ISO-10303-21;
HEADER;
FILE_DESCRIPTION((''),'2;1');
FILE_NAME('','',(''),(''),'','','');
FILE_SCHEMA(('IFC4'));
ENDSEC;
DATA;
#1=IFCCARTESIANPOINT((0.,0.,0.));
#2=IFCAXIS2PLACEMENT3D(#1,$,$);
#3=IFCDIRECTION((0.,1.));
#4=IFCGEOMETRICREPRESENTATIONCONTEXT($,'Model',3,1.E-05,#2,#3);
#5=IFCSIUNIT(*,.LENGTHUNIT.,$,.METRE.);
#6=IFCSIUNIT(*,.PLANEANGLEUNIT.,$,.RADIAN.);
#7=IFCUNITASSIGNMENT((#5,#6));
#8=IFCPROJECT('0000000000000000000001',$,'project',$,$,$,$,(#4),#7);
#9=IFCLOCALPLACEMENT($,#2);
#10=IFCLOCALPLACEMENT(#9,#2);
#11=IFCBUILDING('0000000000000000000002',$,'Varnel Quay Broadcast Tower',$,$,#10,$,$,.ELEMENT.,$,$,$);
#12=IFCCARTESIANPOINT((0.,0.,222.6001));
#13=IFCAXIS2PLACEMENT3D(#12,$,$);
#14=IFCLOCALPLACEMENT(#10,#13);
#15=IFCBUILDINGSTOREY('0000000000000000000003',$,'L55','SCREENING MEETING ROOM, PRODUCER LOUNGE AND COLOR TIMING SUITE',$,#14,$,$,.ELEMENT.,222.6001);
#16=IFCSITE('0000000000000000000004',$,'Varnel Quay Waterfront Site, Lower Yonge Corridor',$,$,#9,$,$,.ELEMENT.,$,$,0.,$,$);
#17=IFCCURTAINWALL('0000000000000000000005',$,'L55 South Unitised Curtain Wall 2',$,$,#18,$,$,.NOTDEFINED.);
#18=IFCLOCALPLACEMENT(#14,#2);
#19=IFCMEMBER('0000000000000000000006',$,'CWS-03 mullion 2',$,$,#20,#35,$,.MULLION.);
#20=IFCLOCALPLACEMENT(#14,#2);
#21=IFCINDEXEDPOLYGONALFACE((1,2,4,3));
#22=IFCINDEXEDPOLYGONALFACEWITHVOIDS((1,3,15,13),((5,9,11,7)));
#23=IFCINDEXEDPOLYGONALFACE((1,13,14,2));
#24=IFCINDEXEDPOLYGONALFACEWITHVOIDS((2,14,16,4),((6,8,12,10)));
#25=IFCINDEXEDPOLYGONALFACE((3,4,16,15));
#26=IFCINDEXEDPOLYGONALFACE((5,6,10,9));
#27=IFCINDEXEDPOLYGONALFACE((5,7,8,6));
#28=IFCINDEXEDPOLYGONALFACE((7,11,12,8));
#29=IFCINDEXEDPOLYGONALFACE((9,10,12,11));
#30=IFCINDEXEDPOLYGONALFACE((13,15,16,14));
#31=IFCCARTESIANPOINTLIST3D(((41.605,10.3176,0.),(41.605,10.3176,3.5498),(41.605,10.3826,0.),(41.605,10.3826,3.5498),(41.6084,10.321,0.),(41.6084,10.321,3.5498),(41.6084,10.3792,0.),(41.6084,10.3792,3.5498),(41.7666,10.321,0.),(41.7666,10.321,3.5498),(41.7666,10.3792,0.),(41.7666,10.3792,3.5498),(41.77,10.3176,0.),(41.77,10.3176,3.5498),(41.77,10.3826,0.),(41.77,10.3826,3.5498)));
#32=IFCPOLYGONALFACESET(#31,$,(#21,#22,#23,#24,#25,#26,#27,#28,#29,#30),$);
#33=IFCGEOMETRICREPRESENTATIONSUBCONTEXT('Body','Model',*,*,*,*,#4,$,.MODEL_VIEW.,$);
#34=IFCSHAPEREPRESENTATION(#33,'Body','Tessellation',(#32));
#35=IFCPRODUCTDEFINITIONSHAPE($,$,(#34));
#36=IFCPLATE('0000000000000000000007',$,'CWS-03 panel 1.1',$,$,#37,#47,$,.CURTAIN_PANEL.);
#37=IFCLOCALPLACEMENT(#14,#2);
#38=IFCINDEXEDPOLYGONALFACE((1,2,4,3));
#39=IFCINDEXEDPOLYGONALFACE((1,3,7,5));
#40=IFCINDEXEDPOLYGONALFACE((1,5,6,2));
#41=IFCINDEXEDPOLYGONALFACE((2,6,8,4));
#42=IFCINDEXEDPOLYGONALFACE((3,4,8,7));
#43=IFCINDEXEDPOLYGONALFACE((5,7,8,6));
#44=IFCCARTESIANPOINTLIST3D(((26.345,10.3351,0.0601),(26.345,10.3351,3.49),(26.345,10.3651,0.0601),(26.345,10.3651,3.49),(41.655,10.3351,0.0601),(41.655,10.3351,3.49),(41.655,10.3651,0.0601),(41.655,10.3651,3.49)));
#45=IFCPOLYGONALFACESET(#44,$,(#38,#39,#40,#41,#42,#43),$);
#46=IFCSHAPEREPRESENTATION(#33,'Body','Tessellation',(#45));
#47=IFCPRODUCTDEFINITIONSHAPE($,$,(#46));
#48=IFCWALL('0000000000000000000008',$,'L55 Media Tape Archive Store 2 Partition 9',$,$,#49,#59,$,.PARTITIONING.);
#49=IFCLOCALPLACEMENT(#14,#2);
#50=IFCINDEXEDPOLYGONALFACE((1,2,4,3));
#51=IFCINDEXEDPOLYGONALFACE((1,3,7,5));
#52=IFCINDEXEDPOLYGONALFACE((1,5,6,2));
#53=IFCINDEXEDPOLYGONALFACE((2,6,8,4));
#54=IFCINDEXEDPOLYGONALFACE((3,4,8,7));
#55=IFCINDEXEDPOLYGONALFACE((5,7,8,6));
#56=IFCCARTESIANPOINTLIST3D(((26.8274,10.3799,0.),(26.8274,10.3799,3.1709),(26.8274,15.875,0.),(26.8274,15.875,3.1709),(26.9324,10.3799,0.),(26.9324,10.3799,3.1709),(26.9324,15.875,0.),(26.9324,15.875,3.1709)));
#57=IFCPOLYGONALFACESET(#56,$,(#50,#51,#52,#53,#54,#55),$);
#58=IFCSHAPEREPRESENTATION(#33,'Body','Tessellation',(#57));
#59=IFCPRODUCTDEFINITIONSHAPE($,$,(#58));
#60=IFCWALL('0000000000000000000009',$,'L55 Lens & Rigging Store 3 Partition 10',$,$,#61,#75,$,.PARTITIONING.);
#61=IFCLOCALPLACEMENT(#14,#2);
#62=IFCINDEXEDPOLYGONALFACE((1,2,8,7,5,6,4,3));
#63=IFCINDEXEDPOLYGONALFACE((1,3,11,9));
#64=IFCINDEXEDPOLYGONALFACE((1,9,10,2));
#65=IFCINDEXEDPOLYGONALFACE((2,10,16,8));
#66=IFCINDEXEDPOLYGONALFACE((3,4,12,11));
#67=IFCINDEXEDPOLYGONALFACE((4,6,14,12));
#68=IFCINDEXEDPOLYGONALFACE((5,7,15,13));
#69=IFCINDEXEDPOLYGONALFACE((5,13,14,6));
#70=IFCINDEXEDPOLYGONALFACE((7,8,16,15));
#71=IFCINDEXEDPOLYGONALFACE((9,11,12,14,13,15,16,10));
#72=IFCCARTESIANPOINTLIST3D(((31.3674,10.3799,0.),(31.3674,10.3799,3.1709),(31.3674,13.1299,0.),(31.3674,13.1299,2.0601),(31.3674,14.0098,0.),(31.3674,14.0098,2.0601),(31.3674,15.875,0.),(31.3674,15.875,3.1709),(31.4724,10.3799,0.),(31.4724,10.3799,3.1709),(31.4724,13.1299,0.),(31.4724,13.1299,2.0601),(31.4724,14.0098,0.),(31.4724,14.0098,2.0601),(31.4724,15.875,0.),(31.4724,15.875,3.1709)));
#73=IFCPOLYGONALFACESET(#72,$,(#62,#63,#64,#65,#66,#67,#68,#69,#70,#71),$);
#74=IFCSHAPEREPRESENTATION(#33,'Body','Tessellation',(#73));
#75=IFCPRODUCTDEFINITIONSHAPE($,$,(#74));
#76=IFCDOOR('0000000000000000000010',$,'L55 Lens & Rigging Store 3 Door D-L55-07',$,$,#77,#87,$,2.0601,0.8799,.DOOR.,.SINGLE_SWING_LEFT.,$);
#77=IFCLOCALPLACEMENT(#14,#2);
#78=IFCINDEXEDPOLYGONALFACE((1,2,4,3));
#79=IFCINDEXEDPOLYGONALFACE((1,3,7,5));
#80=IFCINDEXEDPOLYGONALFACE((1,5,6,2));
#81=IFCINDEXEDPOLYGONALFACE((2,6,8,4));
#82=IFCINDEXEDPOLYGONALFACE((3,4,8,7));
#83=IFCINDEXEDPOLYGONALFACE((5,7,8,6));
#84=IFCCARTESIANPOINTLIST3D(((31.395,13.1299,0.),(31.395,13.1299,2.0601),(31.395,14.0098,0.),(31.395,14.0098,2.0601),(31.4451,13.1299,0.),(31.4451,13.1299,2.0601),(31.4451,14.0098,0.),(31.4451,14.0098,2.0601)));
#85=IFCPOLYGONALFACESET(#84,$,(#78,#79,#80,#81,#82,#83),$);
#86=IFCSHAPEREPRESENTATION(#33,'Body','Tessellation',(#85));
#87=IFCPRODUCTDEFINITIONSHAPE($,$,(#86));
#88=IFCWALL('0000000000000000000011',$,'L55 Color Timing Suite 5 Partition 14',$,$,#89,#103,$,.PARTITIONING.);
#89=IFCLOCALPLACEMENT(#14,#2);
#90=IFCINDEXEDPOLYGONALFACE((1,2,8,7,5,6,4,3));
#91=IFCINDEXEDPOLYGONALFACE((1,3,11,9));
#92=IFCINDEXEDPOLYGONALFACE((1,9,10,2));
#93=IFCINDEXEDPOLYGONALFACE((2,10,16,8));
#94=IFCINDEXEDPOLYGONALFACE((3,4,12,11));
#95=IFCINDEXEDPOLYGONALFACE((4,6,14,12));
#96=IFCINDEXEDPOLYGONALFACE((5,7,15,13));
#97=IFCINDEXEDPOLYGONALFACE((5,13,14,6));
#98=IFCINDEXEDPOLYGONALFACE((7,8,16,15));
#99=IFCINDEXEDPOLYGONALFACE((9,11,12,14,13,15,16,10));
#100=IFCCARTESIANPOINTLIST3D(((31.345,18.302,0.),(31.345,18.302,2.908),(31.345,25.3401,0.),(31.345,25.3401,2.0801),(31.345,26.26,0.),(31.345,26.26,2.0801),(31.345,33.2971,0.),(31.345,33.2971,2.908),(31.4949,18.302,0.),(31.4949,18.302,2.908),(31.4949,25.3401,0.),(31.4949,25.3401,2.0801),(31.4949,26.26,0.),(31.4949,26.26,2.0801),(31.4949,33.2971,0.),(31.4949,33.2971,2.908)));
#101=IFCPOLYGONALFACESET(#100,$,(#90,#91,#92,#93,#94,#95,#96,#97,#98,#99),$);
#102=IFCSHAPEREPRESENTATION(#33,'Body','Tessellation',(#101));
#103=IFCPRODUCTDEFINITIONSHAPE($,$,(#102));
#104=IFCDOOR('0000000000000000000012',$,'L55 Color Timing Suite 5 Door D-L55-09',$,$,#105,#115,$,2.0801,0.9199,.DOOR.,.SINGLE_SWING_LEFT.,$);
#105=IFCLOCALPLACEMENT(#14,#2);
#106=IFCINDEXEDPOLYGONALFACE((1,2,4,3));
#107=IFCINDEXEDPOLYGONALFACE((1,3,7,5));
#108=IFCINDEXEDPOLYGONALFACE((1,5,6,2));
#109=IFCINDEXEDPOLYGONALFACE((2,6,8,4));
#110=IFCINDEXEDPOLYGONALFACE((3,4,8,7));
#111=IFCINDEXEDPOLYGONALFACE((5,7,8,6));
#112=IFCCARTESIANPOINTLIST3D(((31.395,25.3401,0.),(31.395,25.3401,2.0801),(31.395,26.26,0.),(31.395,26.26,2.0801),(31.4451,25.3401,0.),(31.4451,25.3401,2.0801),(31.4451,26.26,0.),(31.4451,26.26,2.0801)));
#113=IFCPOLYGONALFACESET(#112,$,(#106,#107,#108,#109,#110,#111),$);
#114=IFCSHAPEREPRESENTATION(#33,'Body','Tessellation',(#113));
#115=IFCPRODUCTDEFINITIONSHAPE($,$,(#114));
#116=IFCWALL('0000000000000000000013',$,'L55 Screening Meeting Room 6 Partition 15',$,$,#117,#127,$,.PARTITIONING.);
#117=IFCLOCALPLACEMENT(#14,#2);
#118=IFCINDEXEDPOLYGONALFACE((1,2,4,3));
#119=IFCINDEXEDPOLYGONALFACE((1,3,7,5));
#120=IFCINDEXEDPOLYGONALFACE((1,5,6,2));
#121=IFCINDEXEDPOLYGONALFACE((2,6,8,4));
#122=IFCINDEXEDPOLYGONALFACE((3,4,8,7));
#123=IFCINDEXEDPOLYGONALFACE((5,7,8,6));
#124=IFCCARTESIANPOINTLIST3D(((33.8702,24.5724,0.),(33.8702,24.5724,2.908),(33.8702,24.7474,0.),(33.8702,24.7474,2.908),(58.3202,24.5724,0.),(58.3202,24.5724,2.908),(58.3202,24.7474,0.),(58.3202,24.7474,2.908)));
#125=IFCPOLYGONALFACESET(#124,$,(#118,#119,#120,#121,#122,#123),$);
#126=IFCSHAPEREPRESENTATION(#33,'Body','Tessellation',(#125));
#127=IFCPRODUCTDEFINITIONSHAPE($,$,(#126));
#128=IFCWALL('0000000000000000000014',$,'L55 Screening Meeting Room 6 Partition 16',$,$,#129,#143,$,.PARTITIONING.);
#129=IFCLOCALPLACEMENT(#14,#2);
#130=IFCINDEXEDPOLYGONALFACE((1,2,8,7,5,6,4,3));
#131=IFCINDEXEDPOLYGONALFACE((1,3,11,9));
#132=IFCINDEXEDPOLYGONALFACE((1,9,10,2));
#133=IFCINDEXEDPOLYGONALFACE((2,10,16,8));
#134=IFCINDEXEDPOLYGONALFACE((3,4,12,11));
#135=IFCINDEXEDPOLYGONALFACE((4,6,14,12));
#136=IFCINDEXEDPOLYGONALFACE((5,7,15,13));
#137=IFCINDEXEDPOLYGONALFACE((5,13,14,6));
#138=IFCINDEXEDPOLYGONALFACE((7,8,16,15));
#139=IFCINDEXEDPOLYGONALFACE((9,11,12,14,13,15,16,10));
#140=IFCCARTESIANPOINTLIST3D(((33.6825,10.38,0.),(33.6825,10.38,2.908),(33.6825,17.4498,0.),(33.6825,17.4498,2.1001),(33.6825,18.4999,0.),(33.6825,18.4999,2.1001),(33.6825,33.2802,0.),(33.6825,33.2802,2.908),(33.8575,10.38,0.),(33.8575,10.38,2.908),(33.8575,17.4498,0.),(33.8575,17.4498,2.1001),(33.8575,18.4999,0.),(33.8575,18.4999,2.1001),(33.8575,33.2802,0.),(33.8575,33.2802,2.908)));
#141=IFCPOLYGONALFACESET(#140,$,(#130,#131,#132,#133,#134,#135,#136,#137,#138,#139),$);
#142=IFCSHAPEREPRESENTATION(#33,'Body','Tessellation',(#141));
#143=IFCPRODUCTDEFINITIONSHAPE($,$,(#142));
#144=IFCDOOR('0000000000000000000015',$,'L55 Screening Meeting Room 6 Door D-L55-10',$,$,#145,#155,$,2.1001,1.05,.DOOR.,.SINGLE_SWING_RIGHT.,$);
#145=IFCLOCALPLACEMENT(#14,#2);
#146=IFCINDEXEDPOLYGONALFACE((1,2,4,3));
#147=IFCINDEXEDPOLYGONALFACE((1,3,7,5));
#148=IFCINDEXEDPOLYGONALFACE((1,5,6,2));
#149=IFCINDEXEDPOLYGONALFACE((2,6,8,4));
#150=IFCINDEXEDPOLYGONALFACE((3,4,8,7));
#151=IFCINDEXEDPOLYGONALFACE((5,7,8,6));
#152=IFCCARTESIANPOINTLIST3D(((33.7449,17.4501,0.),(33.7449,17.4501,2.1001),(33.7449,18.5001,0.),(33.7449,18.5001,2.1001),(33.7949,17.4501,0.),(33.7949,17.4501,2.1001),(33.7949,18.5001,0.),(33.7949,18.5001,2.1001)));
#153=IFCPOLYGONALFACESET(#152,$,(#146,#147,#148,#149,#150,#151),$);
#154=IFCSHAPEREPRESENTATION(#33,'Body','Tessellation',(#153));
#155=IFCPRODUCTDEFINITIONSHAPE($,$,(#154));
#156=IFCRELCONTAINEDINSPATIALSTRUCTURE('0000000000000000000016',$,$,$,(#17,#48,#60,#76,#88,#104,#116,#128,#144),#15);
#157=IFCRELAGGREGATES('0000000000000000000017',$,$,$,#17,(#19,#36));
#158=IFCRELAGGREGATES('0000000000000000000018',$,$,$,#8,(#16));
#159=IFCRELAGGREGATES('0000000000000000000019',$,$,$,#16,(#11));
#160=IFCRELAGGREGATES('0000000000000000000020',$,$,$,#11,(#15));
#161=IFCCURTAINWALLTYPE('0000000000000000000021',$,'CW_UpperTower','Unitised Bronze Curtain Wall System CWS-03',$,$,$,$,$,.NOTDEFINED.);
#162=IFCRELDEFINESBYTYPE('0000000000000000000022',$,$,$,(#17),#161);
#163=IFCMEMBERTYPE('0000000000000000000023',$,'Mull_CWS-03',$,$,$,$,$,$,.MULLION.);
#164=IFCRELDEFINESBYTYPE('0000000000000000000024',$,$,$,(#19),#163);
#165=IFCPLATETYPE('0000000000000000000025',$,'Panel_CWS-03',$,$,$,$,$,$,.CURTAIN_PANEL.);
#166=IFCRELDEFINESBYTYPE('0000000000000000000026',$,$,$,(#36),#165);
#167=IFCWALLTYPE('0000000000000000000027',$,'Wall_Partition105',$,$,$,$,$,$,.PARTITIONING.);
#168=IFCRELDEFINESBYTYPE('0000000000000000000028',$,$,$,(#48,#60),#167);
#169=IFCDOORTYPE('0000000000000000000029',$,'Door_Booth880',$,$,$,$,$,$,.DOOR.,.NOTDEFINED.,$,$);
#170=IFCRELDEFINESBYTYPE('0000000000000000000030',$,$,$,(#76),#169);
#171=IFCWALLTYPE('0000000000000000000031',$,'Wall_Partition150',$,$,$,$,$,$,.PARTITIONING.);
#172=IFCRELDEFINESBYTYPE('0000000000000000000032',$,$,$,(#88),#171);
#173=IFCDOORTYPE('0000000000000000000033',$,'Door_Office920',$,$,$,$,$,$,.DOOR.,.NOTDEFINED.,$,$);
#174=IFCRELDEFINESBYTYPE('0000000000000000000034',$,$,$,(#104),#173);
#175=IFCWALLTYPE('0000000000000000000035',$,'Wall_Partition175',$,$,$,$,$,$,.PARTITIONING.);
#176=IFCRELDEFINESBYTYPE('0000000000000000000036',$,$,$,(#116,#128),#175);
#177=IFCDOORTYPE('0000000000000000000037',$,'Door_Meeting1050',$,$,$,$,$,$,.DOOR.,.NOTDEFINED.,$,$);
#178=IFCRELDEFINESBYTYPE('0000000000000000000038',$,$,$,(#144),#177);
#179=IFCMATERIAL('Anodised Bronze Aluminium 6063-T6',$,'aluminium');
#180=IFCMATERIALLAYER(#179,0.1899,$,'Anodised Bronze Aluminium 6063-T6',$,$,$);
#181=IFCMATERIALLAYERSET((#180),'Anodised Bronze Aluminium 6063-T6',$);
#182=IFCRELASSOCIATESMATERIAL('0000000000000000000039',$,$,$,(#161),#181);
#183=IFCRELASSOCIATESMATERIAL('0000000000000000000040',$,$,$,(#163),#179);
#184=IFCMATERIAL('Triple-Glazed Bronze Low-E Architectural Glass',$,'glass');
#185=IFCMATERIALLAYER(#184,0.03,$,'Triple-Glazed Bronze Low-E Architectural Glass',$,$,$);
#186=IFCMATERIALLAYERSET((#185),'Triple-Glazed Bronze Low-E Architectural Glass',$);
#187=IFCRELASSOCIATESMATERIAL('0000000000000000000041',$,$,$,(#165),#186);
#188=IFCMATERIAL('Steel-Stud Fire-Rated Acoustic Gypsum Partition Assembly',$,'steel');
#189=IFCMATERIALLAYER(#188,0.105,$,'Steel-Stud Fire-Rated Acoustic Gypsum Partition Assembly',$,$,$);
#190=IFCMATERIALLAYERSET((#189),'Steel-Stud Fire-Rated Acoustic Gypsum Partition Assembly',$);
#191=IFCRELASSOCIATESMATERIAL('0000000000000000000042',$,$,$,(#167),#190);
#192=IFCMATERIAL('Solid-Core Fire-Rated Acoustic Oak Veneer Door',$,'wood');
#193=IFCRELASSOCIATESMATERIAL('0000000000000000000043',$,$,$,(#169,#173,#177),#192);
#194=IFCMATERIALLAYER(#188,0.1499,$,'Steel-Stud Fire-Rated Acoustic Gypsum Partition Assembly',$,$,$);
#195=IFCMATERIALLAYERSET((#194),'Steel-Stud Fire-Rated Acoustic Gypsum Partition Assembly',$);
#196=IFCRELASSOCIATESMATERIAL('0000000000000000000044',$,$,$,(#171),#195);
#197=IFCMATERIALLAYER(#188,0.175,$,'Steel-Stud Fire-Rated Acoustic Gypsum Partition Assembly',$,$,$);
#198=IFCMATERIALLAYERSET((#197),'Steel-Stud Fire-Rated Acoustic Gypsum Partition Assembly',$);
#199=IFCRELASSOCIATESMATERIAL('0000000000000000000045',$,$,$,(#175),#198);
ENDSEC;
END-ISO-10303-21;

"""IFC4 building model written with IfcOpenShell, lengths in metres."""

from ifc_helpers import new_model, si_unit, direction, frame, frame_2d, origin, origin_2d, place, context, subcontext, project, spatial, rectangle, hollow_rectangle, extrude, source, transform, mapped, material, layer, layer_set, material_profile, profile_set, type_object, type_shapes, element, fill, aggregate, save


model = new_model("IFC4")

# Units and contexts
model_context = context("Model", 3, precision=1e-05, world=origin(), true_north=direction((0.0, 1.0)))
body_context = subcontext(model_context, "Body", "Model", "MODEL_VIEW")
ifc_project = project(units=[si_unit("LENGTHUNIT", "METRE"), si_unit("PLANEANGLEUNIT", "RADIAN")], contexts=[model_context])

# Site, building, storey
site_placement = place(None, origin())
site = spatial("IfcSite", under=ifc_project, at=site_placement, Name="Varnel Quay Waterfront Site, Lower Yonge Corridor", CompositionType="ELEMENT", RefElevation=0.0)
building_placement = place(site_placement, origin())
building = spatial("IfcBuilding", under=site, at=building_placement, Name="Varnel Quay Broadcast Tower", CompositionType="ELEMENT")
storey_placement = place(building_placement, frame((0.0, 0.0, 222.6001)))
storey = spatial("IfcBuildingStorey", under=building, at=storey_placement, Name="L55", Description="SCREENING MEETING ROOM, PRODUCER LOUNGE AND COLOR TIMING SUITE", CompositionType="ELEMENT", Elevation=222.6001)

# Curtain wall, member, plate
ifc_material_1 = material(Name="Anodised Bronze Aluminium 6063-T6", Category="aluminium")
ifc_layer_1 = layer(ifc_material_1, 0.1899, Name="Anodised Bronze Aluminium 6063-T6")
ifc_layer_set_1 = layer_set([ifc_layer_1], Name="Anodised Bronze Aluminium 6063-T6")
curtain_wall_type = type_object("IfcCurtainWallType", Name="CW_UpperTower", Description="Unitised Bronze Curtain Wall System CWS-03", PredefinedType="NOTDEFINED", material=ifc_layer_set_1)
curtain_wall_placement = place(storey_placement, origin())
curtain_wall = element("IfcCurtainWall", 1, at=curtain_wall_placement, inside=storey, type_object=curtain_wall_type, Name="L55 South Unitised Curtain Wall 2", PredefinedType="NOTDEFINED")
ifc_material_profile_1 = material_profile(ifc_material_1, hollow_rectangle(XDim=0.0649, YDim=0.165, WallThickness=0.0034, at=origin_2d()), Name="ALU65X165X3.5")
ifc_profile_set_1 = profile_set([ifc_material_profile_1], Name="Anodised Bronze Aluminium 6063-T6")
member_type = type_object("IfcMemberType", Name="Mull_CWS-03", PredefinedType="MULLION", material=ifc_profile_set_1)
shared_shape_1 = source(origin(), body_context, "Body", "SweptSolid", [
    extrude(hollow_rectangle(XDim=0.0649, YDim=0.165, WallThickness=0.0034, at=origin_2d()), origin(), (0.0, 0.0, 1.0), 3.5498),
])
type_shapes(member_type, [shared_shape_1])
member_placement = place(storey_placement, frame((41.6875, 10.3501, 0.0), z_axis=(0.0, 0.0, 1.0), x_axis=(0.0, 1.0, 0.0)))
member = element("IfcMember", 2, at=member_placement, type_object=member_type, Name="CWS-03 mullion 2", PredefinedType="MULLION", context=body_context, shape_type="MappedRepresentation", body=[
    mapped(shared_shape_1, transform((0.0, 0.0, 0.0), x_axis=(1.0, 0.0, 0.0), y_axis=(0.0, 1.0, 0.0), z_axis=(0.0, 0.0, 1.0), scale=1.0)),
])
ifc_material_2 = material(Name="Triple-Glazed Bronze Low-E Architectural Glass", Category="glass")
ifc_layer_2 = layer(ifc_material_2, 0.03, Name="Triple-Glazed Bronze Low-E Architectural Glass")
ifc_layer_set_2 = layer_set([ifc_layer_2], Name="Triple-Glazed Bronze Low-E Architectural Glass")
plate_type = type_object("IfcPlateType", Name="Panel_CWS-03", PredefinedType="CURTAIN_PANEL", material=ifc_layer_set_2)
shared_shape_2 = source(origin(), body_context, "Body", "SweptSolid", [
    extrude(rectangle(XDim=15.3101, YDim=0.03, at=origin_2d()), origin(), (0.0, 0.0, 1.0), 3.4299),
])
type_shapes(plate_type, [shared_shape_2])
plate_placement = place(storey_placement, frame((34.0, 10.3501, 0.0601), z_axis=(0.0, 0.0, 1.0), x_axis=(1.0, 0.0, 0.0)))
plate = element("IfcPlate", 3, at=plate_placement, type_object=plate_type, Name="CWS-03 panel 1.1", PredefinedType="CURTAIN_PANEL", context=body_context, shape_type="MappedRepresentation", body=[
    mapped(shared_shape_2, transform((0.0, 0.0, 0.0), x_axis=(1.0, 0.0, 0.0), y_axis=(0.0, 1.0, 0.0), z_axis=(0.0, 0.0, 1.0), scale=1.0)),
])
aggregate(curtain_wall, [member, plate])

# Wall
ifc_material_3 = material(Name="Steel-Stud Fire-Rated Acoustic Gypsum Partition Assembly", Category="steel")
ifc_layer_3 = layer(ifc_material_3, 0.105, Name="Steel-Stud Fire-Rated Acoustic Gypsum Partition Assembly")
ifc_layer_set_3 = layer_set([ifc_layer_3], Name="Steel-Stud Fire-Rated Acoustic Gypsum Partition Assembly")
wall_type_1 = type_object("IfcWallType", Name="Wall_Partition105", PredefinedType="PARTITIONING", material=ifc_layer_set_3)
wall_1_placement = place(storey_placement, frame((26.8799, 10.3799, 0.0), z_axis=(0.0, 0.0, 1.0), x_axis=(0.0, 1.0, 0.0)))
element("IfcWall", 4, at=wall_1_placement, inside=storey, type_object=wall_type_1, Name="L55 Media Tape Archive Store 2 Partition 9", PredefinedType="PARTITIONING", context=body_context, shape_type="SweptSolid", body=[
    extrude(rectangle(XDim=5.4951, YDim=0.105, at=frame_2d((2.7476, 0.0))), origin(), (0.0, 0.0, 1.0), 3.1709),
])

# Walls, openings, doors
wall_2_placement = place(storey_placement, frame((31.4199, 10.3799, 0.0), z_axis=(0.0, 0.0, 1.0), x_axis=(0.0, 1.0, 0.0)))
wall_2 = element("IfcWall", 5, at=wall_2_placement, inside=storey, type_object=wall_type_1, Name="L55 Lens & Rigging Store 3 Partition 10", PredefinedType="PARTITIONING", context=body_context, shape_type="SweptSolid", body=[
    extrude(rectangle(XDim=5.4951, YDim=0.105, at=frame_2d((2.7476, 0.0))), origin(), (0.0, 0.0, 1.0), 3.1709),
])
opening_1_placement = place(wall_2_placement, frame((2.75, 0.0, 0.0)))
opening_1 = element("IfcOpeningElement", 6, at=opening_1_placement, cuts=wall_2, PredefinedType="OPENING", context=body_context, shape_type="SweptSolid", body=[
    extrude(rectangle(XDim=0.8799, YDim=2.0601, at=frame_2d((0.4399, 1.03))), frame((0.0, 0.0625, 0.0), z_axis=(0.0, -1.0, 0.0), x_axis=(1.0, 0.0, 0.0)), (0.0, 0.0, 1.0), 0.125),
])
ifc_material_4 = material(Name="Solid-Core Fire-Rated Acoustic Oak Veneer Door", Category="wood")
door_type_1 = type_object("IfcDoorType", Name="Door_Booth880", OperationType="NOTDEFINED", PredefinedType="DOOR", material=ifc_material_4)
shared_shape_3 = source(origin(), body_context, "Body", "SweptSolid", [
    extrude(rectangle(XDim=0.8799, YDim=2.0601, at=frame_2d((0.4399, 1.03))), frame((0.0, 0.0249, 0.0), z_axis=(0.0, -1.0, 0.0), x_axis=(1.0, 0.0, 0.0)), (0.0, 0.0, 1.0), 0.05),
])
type_shapes(door_type_1, [shared_shape_3])
door_1_placement = place(opening_1_placement, origin())
door_1 = element("IfcDoor", 7, at=door_1_placement, inside=storey, type_object=door_type_1, Name="L55 Lens & Rigging Store 3 Door D-L55-07", OperationType="SINGLE_SWING_LEFT", OverallHeight=2.0601, OverallWidth=0.8799, PredefinedType="DOOR", context=body_context, shape_type="MappedRepresentation", body=[
    mapped(shared_shape_3, transform((0.0, 0.0, 0.0), x_axis=(1.0, 0.0, 0.0), y_axis=(0.0, 1.0, 0.0), z_axis=(0.0, 0.0, 1.0), scale=1.0)),
])
fill(opening_1, door_1)
ifc_layer_4 = layer(ifc_material_3, 0.1499, Name="Steel-Stud Fire-Rated Acoustic Gypsum Partition Assembly")
ifc_layer_set_4 = layer_set([ifc_layer_4], Name="Steel-Stud Fire-Rated Acoustic Gypsum Partition Assembly")
wall_type_2 = type_object("IfcWallType", Name="Wall_Partition150", PredefinedType="PARTITIONING", material=ifc_layer_set_4)
wall_3_placement = place(storey_placement, frame((31.4199, 18.302, 0.0), z_axis=(0.0, 0.0, 1.0), x_axis=(0.0, 1.0, 0.0)))
wall_3 = element("IfcWall", 8, at=wall_3_placement, inside=storey, type_object=wall_type_2, Name="L55 Color Timing Suite 5 Partition 14", PredefinedType="PARTITIONING", context=body_context, shape_type="SweptSolid", body=[
    extrude(rectangle(XDim=14.9951, YDim=0.1499, at=frame_2d((7.4976, 0.0))), origin(), (0.0, 0.0, 1.0), 2.908),
])
opening_2_placement = place(wall_3_placement, frame((7.0381, 0.0, 0.0)))
opening_2 = element("IfcOpeningElement", 9, at=opening_2_placement, cuts=wall_3, PredefinedType="OPENING", context=body_context, shape_type="SweptSolid", body=[
    extrude(rectangle(XDim=0.9199, YDim=2.0801, at=frame_2d((0.46, 1.04))), frame((0.0, 0.085, 0.0), z_axis=(0.0, -1.0, 0.0), x_axis=(1.0, 0.0, 0.0)), (0.0, 0.0, 1.0), 0.1699),
])
door_type_2 = type_object("IfcDoorType", Name="Door_Office920", OperationType="NOTDEFINED", PredefinedType="DOOR", material=ifc_material_4)
shared_shape_4 = source(origin(), body_context, "Body", "SweptSolid", [
    extrude(rectangle(XDim=0.9199, YDim=2.0801, at=frame_2d((0.46, 1.04))), frame((0.0, 0.0249, 0.0), z_axis=(0.0, -1.0, 0.0), x_axis=(1.0, 0.0, 0.0)), (0.0, 0.0, 1.0), 0.05),
])
type_shapes(door_type_2, [shared_shape_4])
door_2_placement = place(opening_2_placement, origin())
door_2 = element("IfcDoor", 10, at=door_2_placement, inside=storey, type_object=door_type_2, Name="L55 Color Timing Suite 5 Door D-L55-09", OperationType="SINGLE_SWING_LEFT", OverallHeight=2.0801, OverallWidth=0.9199, PredefinedType="DOOR", context=body_context, shape_type="MappedRepresentation", body=[
    mapped(shared_shape_4, transform((0.0, 0.0, 0.0), x_axis=(1.0, 0.0, 0.0), y_axis=(0.0, 1.0, 0.0), z_axis=(0.0, 0.0, 1.0), scale=1.0)),
])
fill(opening_2, door_2)

# Wall
ifc_layer_5 = layer(ifc_material_3, 0.175, Name="Steel-Stud Fire-Rated Acoustic Gypsum Partition Assembly")
ifc_layer_set_5 = layer_set([ifc_layer_5], Name="Steel-Stud Fire-Rated Acoustic Gypsum Partition Assembly")
wall_type_3 = type_object("IfcWallType", Name="Wall_Partition175", PredefinedType="PARTITIONING", material=ifc_layer_set_5)
wall_4_placement = place(storey_placement, frame((33.8701, 24.6599, 0.0), z_axis=(0.0, 0.0, 1.0), x_axis=(1.0, 0.0, 0.0)))
element("IfcWall", 11, at=wall_4_placement, inside=storey, type_object=wall_type_3, Name="L55 Screening Meeting Room 6 Partition 15", PredefinedType="PARTITIONING", context=body_context, shape_type="SweptSolid", body=[
    extrude(rectangle(XDim=24.45, YDim=0.175, at=frame_2d((12.2251, 0.0))), origin(), (0.0, 0.0, 1.0), 2.908),
])

# Wall, opening, door
wall_5_placement = place(storey_placement, frame((33.77, 10.3799, 0.0), z_axis=(0.0, 0.0, 1.0), x_axis=(0.0, 1.0, 0.0)))
wall_5 = element("IfcWall", 12, at=wall_5_placement, inside=storey, type_object=wall_type_3, Name="L55 Screening Meeting Room 6 Partition 16", PredefinedType="PARTITIONING", context=body_context, shape_type="SweptSolid", body=[
    extrude(rectangle(XDim=22.9001, YDim=0.175, at=frame_2d((11.4502, 0.0))), origin(), (0.0, 0.0, 1.0), 2.908),
])
opening_3_placement = place(wall_5_placement, frame((7.0701, 0.0, 0.0)))
opening_3 = element("IfcOpeningElement", 13, at=opening_3_placement, cuts=wall_5, PredefinedType="OPENING", context=body_context, shape_type="SweptSolid", body=[
    extrude(rectangle(XDim=1.05, YDim=2.1001, at=frame_2d((0.5249, 1.05))), frame((0.0, 0.0977, 0.0), z_axis=(0.0, -1.0, 0.0), x_axis=(1.0, 0.0, 0.0)), (0.0, 0.0, 1.0), 0.1951),
])
door_type_3 = type_object("IfcDoorType", Name="Door_Meeting1050", OperationType="NOTDEFINED", PredefinedType="DOOR", material=ifc_material_4)
shared_shape_5 = source(origin(), body_context, "Body", "SweptSolid", [
    extrude(rectangle(XDim=1.05, YDim=2.1001, at=frame_2d((0.5249, 1.05))), frame((0.0, 0.0249, 0.0), z_axis=(0.0, -1.0, 0.0), x_axis=(1.0, 0.0, 0.0)), (0.0, 0.0, 1.0), 0.05),
])
type_shapes(door_type_3, [shared_shape_5])
door_3_placement = place(opening_3_placement, frame((1.05, 0.0, 0.0), z_axis=(0.0, 0.0, 1.0), x_axis=(-1.0, 0.0, 0.0)))
door_3 = element("IfcDoor", 14, at=door_3_placement, inside=storey, type_object=door_type_3, Name="L55 Screening Meeting Room 6 Door D-L55-10", OperationType="SINGLE_SWING_RIGHT", OverallHeight=2.1001, OverallWidth=1.05, PredefinedType="DOOR", context=body_context, shape_type="MappedRepresentation", body=[
    mapped(shared_shape_5, transform((0.0, 0.0, 0.0), x_axis=(1.0, 0.0, 0.0), y_axis=(0.0, 1.0, 0.0), z_axis=(0.0, 0.0, 1.0), scale=1.0)),
])
fill(opening_3, door_3)

save(model, "model.ifc")
